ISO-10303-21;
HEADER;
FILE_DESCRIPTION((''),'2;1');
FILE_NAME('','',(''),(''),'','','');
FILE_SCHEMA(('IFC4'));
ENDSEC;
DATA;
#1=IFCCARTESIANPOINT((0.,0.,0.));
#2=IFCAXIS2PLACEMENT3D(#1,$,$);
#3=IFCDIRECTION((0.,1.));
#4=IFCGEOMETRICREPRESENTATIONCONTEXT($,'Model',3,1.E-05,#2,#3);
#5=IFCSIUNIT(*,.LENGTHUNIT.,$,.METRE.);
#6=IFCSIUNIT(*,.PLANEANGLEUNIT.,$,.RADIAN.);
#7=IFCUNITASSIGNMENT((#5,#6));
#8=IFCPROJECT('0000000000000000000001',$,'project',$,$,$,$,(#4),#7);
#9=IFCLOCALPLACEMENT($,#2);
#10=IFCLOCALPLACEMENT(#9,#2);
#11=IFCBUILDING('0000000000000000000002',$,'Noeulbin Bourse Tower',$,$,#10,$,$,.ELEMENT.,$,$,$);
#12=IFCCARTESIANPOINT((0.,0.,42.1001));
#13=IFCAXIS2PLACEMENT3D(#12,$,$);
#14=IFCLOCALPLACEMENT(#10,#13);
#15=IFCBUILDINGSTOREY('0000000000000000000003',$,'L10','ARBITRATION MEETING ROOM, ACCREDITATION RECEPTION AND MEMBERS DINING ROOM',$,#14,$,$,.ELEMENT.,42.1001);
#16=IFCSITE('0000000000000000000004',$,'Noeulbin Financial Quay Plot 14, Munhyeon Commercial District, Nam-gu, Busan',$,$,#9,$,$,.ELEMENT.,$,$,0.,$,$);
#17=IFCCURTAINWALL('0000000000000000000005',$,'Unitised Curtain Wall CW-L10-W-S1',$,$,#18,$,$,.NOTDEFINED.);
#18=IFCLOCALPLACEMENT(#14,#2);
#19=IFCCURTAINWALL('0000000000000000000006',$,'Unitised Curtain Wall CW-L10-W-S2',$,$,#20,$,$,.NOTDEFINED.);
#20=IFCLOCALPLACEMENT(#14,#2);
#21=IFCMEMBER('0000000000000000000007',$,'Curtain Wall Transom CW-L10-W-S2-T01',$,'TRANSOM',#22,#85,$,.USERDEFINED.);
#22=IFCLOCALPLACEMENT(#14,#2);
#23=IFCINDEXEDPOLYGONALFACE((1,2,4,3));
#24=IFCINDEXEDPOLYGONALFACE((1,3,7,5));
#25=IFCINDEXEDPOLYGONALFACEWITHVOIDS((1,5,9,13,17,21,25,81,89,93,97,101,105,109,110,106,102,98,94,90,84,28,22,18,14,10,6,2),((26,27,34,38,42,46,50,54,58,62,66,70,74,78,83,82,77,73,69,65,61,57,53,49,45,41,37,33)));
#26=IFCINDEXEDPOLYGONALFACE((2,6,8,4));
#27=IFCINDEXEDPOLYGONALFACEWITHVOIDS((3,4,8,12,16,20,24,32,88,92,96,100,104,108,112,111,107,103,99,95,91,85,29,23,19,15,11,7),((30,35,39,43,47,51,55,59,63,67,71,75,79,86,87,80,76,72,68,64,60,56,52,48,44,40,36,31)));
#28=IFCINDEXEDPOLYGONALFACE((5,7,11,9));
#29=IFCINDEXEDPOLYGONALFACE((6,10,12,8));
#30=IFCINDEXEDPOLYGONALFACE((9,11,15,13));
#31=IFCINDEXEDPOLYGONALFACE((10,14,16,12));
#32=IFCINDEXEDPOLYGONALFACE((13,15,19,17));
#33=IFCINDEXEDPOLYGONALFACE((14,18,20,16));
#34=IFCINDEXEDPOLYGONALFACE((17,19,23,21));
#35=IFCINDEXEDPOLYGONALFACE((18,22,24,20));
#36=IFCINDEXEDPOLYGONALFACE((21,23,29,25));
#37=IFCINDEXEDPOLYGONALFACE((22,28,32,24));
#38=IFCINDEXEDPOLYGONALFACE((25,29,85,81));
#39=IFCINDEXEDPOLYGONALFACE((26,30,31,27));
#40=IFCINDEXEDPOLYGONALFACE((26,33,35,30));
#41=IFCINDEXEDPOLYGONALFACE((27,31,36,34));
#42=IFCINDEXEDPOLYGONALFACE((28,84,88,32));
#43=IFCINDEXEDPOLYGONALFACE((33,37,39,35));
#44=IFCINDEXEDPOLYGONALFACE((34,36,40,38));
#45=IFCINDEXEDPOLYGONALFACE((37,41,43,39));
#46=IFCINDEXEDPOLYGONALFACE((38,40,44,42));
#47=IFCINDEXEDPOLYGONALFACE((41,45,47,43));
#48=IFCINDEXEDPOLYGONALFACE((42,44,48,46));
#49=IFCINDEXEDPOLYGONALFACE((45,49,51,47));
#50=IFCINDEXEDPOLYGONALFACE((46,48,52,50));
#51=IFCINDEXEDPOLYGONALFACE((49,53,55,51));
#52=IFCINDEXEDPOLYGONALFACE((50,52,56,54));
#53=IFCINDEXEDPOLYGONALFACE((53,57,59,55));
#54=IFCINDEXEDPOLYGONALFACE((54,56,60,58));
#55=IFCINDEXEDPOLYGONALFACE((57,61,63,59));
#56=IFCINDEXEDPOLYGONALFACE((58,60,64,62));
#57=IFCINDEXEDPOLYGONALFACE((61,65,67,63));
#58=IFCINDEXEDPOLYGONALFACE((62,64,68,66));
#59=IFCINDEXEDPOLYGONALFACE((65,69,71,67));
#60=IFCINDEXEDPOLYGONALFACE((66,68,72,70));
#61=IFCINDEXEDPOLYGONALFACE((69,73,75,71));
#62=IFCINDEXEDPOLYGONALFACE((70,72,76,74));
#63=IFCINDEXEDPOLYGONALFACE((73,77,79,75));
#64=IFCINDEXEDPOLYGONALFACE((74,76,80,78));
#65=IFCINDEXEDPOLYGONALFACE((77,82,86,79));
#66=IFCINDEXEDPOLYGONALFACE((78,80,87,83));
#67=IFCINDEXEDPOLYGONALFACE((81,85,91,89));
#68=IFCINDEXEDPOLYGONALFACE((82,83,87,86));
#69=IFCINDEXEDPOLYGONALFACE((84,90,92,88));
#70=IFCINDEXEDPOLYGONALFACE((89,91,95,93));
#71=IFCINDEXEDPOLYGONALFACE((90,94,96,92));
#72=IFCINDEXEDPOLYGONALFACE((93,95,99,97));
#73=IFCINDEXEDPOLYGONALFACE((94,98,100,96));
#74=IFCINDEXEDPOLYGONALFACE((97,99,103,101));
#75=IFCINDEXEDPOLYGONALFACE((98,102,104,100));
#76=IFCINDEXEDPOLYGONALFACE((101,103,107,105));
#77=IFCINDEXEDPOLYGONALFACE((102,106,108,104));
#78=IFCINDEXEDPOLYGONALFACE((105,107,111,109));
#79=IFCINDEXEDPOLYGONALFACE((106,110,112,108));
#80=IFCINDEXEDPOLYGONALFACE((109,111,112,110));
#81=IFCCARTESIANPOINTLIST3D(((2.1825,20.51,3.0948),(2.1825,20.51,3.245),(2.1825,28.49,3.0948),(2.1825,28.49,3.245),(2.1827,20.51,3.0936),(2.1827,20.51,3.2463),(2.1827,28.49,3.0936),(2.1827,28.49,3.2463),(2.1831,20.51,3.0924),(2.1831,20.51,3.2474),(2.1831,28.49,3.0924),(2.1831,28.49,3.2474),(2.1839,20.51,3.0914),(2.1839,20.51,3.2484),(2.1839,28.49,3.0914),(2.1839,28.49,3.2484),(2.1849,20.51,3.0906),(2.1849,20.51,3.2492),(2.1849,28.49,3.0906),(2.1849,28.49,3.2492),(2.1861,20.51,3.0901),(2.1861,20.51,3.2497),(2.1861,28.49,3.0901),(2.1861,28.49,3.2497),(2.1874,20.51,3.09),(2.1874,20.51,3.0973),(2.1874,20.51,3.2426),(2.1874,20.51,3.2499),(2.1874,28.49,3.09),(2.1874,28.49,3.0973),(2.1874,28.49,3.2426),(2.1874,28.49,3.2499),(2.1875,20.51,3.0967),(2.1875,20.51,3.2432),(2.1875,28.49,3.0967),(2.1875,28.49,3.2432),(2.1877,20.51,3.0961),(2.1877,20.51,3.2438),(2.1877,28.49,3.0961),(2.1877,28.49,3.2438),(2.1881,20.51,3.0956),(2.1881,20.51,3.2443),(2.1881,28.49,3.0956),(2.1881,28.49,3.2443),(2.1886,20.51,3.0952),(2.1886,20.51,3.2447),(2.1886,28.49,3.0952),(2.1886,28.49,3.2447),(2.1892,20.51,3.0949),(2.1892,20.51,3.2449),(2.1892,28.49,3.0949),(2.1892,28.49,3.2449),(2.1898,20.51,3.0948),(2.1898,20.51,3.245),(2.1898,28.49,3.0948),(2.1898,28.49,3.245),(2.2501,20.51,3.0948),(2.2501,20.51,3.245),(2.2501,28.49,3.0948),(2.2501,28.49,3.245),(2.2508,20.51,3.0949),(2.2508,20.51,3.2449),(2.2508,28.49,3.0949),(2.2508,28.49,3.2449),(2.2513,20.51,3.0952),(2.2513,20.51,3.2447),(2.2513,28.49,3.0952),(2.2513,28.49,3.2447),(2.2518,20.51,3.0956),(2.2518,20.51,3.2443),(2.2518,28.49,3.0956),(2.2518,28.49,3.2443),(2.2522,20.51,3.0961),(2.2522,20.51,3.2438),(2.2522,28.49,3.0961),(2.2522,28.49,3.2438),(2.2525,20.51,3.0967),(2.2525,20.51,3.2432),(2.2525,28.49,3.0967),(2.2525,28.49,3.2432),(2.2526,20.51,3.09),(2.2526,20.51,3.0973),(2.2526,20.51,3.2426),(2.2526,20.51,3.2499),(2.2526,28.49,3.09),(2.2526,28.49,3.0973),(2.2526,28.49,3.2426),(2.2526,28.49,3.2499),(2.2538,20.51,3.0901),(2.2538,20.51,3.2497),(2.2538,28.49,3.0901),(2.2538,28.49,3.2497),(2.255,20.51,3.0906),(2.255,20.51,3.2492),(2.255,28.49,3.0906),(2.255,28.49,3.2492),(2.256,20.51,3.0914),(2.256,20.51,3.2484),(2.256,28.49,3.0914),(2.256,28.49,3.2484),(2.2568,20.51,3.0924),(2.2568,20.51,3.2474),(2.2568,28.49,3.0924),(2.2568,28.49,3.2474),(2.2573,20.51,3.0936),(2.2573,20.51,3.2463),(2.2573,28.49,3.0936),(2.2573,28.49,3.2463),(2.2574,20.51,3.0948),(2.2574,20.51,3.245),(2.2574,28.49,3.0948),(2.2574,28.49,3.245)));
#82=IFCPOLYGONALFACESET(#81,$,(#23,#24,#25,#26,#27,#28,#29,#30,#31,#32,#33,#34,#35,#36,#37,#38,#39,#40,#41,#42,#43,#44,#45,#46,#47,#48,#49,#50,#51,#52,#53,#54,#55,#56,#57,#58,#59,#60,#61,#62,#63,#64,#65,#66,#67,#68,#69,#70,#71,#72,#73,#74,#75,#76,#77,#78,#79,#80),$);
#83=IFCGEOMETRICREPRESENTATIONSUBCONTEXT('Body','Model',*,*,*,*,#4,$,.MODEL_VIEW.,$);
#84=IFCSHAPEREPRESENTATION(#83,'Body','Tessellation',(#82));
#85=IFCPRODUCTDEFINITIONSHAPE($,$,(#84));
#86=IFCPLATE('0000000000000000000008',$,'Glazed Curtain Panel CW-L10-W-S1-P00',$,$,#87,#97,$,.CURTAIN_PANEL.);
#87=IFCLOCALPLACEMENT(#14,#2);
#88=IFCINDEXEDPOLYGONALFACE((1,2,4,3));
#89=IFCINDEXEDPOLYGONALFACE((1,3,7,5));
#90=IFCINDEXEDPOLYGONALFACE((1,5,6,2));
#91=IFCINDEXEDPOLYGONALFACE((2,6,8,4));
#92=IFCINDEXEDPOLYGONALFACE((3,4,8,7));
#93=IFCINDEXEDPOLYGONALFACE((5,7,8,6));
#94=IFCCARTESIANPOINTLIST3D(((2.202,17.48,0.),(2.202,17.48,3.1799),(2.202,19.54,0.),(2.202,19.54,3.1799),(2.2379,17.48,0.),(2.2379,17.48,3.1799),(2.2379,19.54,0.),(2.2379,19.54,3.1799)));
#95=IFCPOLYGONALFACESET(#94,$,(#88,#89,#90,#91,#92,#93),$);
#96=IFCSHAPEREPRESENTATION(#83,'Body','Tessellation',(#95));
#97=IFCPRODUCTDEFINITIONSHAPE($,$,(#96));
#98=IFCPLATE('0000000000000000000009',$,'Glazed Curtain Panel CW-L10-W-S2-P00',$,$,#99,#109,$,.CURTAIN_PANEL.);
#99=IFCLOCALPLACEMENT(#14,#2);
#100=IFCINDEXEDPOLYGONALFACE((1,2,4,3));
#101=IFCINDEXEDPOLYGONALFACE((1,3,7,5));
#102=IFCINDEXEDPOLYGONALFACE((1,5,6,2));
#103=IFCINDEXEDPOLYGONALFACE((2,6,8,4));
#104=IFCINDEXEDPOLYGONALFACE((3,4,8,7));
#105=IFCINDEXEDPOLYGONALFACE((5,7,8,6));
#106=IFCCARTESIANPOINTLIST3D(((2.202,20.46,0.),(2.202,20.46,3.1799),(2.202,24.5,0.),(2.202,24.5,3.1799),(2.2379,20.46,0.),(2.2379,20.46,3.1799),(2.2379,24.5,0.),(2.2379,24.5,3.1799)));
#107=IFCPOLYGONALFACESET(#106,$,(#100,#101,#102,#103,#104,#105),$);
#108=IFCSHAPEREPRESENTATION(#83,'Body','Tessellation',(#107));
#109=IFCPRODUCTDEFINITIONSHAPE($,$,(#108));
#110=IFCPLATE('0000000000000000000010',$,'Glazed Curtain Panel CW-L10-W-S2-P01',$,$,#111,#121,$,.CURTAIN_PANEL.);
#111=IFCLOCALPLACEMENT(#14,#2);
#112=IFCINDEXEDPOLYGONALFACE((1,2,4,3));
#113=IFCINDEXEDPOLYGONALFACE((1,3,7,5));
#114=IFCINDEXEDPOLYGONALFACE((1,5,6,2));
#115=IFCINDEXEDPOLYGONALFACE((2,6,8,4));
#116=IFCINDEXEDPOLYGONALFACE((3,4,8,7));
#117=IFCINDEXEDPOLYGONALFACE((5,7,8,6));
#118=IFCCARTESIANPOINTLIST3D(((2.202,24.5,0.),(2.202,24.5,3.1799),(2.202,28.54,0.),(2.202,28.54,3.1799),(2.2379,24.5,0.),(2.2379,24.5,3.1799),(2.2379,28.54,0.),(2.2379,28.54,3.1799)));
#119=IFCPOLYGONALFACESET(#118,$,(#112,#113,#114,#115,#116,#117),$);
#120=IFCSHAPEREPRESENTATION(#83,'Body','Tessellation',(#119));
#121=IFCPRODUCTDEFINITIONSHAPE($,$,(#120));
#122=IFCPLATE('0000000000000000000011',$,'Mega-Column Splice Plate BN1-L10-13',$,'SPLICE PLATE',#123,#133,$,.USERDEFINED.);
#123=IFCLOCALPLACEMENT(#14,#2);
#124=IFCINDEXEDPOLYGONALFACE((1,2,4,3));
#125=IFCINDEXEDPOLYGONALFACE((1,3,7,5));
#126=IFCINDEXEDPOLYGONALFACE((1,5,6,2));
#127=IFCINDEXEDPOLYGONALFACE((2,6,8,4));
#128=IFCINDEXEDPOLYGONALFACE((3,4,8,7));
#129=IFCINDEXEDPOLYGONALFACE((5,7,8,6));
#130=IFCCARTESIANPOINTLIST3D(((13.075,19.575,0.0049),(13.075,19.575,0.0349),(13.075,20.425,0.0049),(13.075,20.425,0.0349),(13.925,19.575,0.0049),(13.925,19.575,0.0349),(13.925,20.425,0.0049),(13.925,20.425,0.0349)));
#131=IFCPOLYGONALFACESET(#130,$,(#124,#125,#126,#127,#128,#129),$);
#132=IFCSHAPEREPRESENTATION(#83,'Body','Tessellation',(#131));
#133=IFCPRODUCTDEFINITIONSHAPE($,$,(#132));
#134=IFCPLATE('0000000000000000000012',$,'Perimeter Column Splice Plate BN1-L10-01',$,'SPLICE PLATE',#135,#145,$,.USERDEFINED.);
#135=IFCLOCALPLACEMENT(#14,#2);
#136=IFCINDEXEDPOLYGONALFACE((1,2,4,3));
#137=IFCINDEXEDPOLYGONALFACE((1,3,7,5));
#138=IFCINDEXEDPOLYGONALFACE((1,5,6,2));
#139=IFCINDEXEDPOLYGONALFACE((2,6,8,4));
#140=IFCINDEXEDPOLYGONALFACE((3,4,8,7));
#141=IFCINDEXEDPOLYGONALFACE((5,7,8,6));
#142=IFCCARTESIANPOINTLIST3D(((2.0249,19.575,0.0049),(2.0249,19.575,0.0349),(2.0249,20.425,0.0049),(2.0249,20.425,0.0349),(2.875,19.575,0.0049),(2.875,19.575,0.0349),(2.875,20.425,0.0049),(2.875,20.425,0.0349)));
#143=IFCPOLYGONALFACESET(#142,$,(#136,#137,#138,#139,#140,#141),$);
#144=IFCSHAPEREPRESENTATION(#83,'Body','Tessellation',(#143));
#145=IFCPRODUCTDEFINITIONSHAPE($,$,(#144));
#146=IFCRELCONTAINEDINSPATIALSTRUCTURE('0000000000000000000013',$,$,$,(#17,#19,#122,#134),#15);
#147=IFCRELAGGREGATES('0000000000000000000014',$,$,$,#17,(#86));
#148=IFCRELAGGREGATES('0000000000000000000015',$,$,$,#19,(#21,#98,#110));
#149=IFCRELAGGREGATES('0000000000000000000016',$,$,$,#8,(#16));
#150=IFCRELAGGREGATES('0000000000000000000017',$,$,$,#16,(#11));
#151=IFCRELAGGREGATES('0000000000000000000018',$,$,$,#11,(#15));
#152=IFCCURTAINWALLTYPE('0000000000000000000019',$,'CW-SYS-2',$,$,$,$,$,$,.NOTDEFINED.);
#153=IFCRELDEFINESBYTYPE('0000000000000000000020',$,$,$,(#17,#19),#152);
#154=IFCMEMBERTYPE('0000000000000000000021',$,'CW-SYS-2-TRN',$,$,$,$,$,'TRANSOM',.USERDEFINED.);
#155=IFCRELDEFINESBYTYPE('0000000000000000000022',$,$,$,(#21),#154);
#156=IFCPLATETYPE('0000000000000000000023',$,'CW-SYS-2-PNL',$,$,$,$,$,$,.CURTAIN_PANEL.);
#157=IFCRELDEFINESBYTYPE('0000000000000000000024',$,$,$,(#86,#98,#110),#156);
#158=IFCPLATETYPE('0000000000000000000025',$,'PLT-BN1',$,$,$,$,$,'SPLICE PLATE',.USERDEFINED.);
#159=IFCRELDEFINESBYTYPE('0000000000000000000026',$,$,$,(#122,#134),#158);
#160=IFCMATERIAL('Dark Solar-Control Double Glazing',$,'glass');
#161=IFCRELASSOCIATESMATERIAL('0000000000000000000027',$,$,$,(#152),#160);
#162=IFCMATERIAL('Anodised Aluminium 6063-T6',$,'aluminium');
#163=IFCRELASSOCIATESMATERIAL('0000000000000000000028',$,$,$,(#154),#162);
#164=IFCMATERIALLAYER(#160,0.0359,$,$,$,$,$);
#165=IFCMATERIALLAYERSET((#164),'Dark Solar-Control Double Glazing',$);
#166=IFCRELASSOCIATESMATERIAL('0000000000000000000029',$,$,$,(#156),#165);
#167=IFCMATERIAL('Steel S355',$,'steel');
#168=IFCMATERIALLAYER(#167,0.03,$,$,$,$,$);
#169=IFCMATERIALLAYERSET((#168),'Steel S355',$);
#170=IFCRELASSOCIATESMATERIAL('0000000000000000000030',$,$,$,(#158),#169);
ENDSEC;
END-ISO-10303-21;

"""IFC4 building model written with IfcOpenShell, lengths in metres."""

from ifc_helpers import new_model, si_unit, direction, frame, origin, origin_2d, place, context, subcontext, project, spatial, rectangle, hollow_rectangle, extrude, material, layer, layer_set, material_profile, profile_set, type_object, element, aggregate, save


model = new_model("IFC4")

# Units and contexts
model_context = context("Model", 3, precision=1e-05, world=origin(), true_north=direction((0.0, 1.0)))
body_context = subcontext(model_context, "Body", "Model", "MODEL_VIEW")
ifc_project = project(units=[si_unit("LENGTHUNIT", "METRE"), si_unit("PLANEANGLEUNIT", "RADIAN")], contexts=[model_context])

# Site, building, storey
site_placement = place(None, origin())
site = spatial("IfcSite", under=ifc_project, at=site_placement, Name="Noeulbin Financial Quay Plot 14, Munhyeon Commercial District, Nam-gu, Busan", CompositionType="ELEMENT", RefElevation=0.0)
building_placement = place(site_placement, origin())
building = spatial("IfcBuilding", under=site, at=building_placement, Name="Noeulbin Bourse Tower", CompositionType="ELEMENT")
storey_placement = place(building_placement, frame((0.0, 0.0, 42.1001)))
storey = spatial("IfcBuildingStorey", under=building, at=storey_placement, Name="L10", Description="ARBITRATION MEETING ROOM, ACCREDITATION RECEPTION AND MEMBERS DINING ROOM", CompositionType="ELEMENT", Elevation=42.1001)

# Shared definitions
ifc_material_1 = material(Name="Steel S355", Category="steel")

# Curtain walls
ifc_material_2 = material(Name="Dark Solar-Control Double Glazing", Category="glass")
curtain_wall_type = type_object("IfcCurtainWallType", Name="CW-SYS-2", PredefinedType="NOTDEFINED", material=ifc_material_2)
curtain_wall_1_placement = place(storey_placement, origin())
curtain_wall_1 = element("IfcCurtainWall", 1, at=curtain_wall_1_placement, inside=storey, type_object=curtain_wall_type, Name="Unitised Curtain Wall CW-L10-W-S1", PredefinedType="NOTDEFINED")
ifc_material_3 = material(Name="Anodised Aluminium 6063-T6", Category="aluminium")
curtain_wall_2_placement = place(storey_placement, origin())
curtain_wall_2 = element("IfcCurtainWall", 2, at=curtain_wall_2_placement, inside=storey, type_object=curtain_wall_type, Name="Unitised Curtain Wall CW-L10-W-S2", PredefinedType="NOTDEFINED")

# Member
ifc_material_profile_1 = material_profile(ifc_material_3, hollow_rectangle(XDim=0.075, YDim=0.1599, WallThickness=0.0049, InnerFilletRadius=0.0024, OuterFilletRadius=0.0049, at=origin_2d()), Name="ALU-TRAN-75x160x5", Category="LoadBearing")
ifc_profile_set_1 = profile_set([ifc_material_profile_1], Name="Anodised Aluminium 6063-T6")
member_type_1 = type_object("IfcMemberType", Name="CW-SYS-2-TRN", ElementType="TRANSOM", PredefinedType="USERDEFINED", material=ifc_profile_set_1)
member_1_placement = place(storey_placement, frame((2.22, 20.51, 3.1699), z_axis=(0.0, 1.0, 0.0), x_axis=(-1.0, 0.0, 0.0)))
member_1 = element("IfcMember", 3, at=member_1_placement, type_object=member_type_1, Name="Curtain Wall Transom CW-L10-W-S2-T01", ObjectType="TRANSOM", PredefinedType="USERDEFINED", context=body_context, shape_type="SweptSolid", body=[
    extrude(hollow_rectangle(XDim=0.075, YDim=0.1599, WallThickness=0.0049, InnerFilletRadius=0.0024, OuterFilletRadius=0.0049, at=origin_2d()), origin(), (0.0, 0.0, 1.0), 7.98),
])

# Plates
ifc_layer_1 = layer(ifc_material_2, 0.0359)
ifc_layer_set_1 = layer_set([ifc_layer_1], Name="Dark Solar-Control Double Glazing")
plate_type_1 = type_object("IfcPlateType", Name="CW-SYS-2-PNL", PredefinedType="CURTAIN_PANEL", material=ifc_layer_set_1)
plate_1_placement = place(storey_placement, frame((2.22, 18.51, 0.0), z_axis=(0.0, 0.0, 1.0), x_axis=(0.0, 1.0, 0.0)))
plate_1 = element("IfcPlate", 4, at=plate_1_placement, type_object=plate_type_1, Name="Glazed Curtain Panel CW-L10-W-S1-P00", PredefinedType="CURTAIN_PANEL", context=body_context, shape_type="SweptSolid", body=[
    extrude(rectangle(XDim=2.0601, YDim=0.0359, at=origin_2d()), origin(), (0.0, 0.0, 1.0), 3.1799),
])
aggregate(curtain_wall_1, [plate_1])
plate_2_placement = place(storey_placement, frame((2.22, 22.48, 0.0), z_axis=(0.0, 0.0, 1.0), x_axis=(0.0, 1.0, 0.0)))
plate_2 = element("IfcPlate", 5, at=plate_2_placement, type_object=plate_type_1, Name="Glazed Curtain Panel CW-L10-W-S2-P00", PredefinedType="CURTAIN_PANEL", context=body_context, shape_type="SweptSolid", body=[
    extrude(rectangle(XDim=4.04, YDim=0.0359, at=origin_2d()), origin(), (0.0, 0.0, 1.0), 3.1799),
])
plate_3_placement = place(storey_placement, frame((2.22, 26.52, 0.0), z_axis=(0.0, 0.0, 1.0), x_axis=(0.0, 1.0, 0.0)))
plate_3 = element("IfcPlate", 6, at=plate_3_placement, type_object=plate_type_1, Name="Glazed Curtain Panel CW-L10-W-S2-P01", PredefinedType="CURTAIN_PANEL", context=body_context, shape_type="SweptSolid", body=[
    extrude(rectangle(XDim=4.04, YDim=0.0359, at=origin_2d()), origin(), (0.0, 0.0, 1.0), 3.1799),
])
aggregate(curtain_wall_2, [member_1, plate_2, plate_3])

# Plates
ifc_layer_2 = layer(ifc_material_1, 0.03)
ifc_layer_set_2 = layer_set([ifc_layer_2], Name="Steel S355")
plate_type_2 = type_object("IfcPlateType", Name="PLT-BN1", ElementType="SPLICE PLATE", PredefinedType="USERDEFINED", material=ifc_layer_set_2)
for number, where, z_axis, x_axis, name in (
    (7, (13.5, 20.0, 0.0049), (0.0, 0.0, 1.0), (1.0, 0.0, 0.0), "Mega-Column Splice Plate BN1-L10-13"),
    (8, (2.45, 20.0, 0.0049), (0.0, 0.0, 1.0), (1.0, 0.0, 0.0), "Perimeter Column Splice Plate BN1-L10-01"),
):
    element("IfcPlate", number, at=place(storey_placement, frame(where, z_axis=z_axis, x_axis=x_axis)), inside=storey, type_object=plate_type_2, Name=name, ObjectType="SPLICE PLATE", PredefinedType="USERDEFINED", context=body_context, shape_type="SweptSolid", body=[
        extrude(rectangle(XDim=0.8501, YDim=0.8501, at=origin_2d()), origin(), (0.0, 0.0, 1.0), 0.03),
    ])

save(model, "model.ifc")
